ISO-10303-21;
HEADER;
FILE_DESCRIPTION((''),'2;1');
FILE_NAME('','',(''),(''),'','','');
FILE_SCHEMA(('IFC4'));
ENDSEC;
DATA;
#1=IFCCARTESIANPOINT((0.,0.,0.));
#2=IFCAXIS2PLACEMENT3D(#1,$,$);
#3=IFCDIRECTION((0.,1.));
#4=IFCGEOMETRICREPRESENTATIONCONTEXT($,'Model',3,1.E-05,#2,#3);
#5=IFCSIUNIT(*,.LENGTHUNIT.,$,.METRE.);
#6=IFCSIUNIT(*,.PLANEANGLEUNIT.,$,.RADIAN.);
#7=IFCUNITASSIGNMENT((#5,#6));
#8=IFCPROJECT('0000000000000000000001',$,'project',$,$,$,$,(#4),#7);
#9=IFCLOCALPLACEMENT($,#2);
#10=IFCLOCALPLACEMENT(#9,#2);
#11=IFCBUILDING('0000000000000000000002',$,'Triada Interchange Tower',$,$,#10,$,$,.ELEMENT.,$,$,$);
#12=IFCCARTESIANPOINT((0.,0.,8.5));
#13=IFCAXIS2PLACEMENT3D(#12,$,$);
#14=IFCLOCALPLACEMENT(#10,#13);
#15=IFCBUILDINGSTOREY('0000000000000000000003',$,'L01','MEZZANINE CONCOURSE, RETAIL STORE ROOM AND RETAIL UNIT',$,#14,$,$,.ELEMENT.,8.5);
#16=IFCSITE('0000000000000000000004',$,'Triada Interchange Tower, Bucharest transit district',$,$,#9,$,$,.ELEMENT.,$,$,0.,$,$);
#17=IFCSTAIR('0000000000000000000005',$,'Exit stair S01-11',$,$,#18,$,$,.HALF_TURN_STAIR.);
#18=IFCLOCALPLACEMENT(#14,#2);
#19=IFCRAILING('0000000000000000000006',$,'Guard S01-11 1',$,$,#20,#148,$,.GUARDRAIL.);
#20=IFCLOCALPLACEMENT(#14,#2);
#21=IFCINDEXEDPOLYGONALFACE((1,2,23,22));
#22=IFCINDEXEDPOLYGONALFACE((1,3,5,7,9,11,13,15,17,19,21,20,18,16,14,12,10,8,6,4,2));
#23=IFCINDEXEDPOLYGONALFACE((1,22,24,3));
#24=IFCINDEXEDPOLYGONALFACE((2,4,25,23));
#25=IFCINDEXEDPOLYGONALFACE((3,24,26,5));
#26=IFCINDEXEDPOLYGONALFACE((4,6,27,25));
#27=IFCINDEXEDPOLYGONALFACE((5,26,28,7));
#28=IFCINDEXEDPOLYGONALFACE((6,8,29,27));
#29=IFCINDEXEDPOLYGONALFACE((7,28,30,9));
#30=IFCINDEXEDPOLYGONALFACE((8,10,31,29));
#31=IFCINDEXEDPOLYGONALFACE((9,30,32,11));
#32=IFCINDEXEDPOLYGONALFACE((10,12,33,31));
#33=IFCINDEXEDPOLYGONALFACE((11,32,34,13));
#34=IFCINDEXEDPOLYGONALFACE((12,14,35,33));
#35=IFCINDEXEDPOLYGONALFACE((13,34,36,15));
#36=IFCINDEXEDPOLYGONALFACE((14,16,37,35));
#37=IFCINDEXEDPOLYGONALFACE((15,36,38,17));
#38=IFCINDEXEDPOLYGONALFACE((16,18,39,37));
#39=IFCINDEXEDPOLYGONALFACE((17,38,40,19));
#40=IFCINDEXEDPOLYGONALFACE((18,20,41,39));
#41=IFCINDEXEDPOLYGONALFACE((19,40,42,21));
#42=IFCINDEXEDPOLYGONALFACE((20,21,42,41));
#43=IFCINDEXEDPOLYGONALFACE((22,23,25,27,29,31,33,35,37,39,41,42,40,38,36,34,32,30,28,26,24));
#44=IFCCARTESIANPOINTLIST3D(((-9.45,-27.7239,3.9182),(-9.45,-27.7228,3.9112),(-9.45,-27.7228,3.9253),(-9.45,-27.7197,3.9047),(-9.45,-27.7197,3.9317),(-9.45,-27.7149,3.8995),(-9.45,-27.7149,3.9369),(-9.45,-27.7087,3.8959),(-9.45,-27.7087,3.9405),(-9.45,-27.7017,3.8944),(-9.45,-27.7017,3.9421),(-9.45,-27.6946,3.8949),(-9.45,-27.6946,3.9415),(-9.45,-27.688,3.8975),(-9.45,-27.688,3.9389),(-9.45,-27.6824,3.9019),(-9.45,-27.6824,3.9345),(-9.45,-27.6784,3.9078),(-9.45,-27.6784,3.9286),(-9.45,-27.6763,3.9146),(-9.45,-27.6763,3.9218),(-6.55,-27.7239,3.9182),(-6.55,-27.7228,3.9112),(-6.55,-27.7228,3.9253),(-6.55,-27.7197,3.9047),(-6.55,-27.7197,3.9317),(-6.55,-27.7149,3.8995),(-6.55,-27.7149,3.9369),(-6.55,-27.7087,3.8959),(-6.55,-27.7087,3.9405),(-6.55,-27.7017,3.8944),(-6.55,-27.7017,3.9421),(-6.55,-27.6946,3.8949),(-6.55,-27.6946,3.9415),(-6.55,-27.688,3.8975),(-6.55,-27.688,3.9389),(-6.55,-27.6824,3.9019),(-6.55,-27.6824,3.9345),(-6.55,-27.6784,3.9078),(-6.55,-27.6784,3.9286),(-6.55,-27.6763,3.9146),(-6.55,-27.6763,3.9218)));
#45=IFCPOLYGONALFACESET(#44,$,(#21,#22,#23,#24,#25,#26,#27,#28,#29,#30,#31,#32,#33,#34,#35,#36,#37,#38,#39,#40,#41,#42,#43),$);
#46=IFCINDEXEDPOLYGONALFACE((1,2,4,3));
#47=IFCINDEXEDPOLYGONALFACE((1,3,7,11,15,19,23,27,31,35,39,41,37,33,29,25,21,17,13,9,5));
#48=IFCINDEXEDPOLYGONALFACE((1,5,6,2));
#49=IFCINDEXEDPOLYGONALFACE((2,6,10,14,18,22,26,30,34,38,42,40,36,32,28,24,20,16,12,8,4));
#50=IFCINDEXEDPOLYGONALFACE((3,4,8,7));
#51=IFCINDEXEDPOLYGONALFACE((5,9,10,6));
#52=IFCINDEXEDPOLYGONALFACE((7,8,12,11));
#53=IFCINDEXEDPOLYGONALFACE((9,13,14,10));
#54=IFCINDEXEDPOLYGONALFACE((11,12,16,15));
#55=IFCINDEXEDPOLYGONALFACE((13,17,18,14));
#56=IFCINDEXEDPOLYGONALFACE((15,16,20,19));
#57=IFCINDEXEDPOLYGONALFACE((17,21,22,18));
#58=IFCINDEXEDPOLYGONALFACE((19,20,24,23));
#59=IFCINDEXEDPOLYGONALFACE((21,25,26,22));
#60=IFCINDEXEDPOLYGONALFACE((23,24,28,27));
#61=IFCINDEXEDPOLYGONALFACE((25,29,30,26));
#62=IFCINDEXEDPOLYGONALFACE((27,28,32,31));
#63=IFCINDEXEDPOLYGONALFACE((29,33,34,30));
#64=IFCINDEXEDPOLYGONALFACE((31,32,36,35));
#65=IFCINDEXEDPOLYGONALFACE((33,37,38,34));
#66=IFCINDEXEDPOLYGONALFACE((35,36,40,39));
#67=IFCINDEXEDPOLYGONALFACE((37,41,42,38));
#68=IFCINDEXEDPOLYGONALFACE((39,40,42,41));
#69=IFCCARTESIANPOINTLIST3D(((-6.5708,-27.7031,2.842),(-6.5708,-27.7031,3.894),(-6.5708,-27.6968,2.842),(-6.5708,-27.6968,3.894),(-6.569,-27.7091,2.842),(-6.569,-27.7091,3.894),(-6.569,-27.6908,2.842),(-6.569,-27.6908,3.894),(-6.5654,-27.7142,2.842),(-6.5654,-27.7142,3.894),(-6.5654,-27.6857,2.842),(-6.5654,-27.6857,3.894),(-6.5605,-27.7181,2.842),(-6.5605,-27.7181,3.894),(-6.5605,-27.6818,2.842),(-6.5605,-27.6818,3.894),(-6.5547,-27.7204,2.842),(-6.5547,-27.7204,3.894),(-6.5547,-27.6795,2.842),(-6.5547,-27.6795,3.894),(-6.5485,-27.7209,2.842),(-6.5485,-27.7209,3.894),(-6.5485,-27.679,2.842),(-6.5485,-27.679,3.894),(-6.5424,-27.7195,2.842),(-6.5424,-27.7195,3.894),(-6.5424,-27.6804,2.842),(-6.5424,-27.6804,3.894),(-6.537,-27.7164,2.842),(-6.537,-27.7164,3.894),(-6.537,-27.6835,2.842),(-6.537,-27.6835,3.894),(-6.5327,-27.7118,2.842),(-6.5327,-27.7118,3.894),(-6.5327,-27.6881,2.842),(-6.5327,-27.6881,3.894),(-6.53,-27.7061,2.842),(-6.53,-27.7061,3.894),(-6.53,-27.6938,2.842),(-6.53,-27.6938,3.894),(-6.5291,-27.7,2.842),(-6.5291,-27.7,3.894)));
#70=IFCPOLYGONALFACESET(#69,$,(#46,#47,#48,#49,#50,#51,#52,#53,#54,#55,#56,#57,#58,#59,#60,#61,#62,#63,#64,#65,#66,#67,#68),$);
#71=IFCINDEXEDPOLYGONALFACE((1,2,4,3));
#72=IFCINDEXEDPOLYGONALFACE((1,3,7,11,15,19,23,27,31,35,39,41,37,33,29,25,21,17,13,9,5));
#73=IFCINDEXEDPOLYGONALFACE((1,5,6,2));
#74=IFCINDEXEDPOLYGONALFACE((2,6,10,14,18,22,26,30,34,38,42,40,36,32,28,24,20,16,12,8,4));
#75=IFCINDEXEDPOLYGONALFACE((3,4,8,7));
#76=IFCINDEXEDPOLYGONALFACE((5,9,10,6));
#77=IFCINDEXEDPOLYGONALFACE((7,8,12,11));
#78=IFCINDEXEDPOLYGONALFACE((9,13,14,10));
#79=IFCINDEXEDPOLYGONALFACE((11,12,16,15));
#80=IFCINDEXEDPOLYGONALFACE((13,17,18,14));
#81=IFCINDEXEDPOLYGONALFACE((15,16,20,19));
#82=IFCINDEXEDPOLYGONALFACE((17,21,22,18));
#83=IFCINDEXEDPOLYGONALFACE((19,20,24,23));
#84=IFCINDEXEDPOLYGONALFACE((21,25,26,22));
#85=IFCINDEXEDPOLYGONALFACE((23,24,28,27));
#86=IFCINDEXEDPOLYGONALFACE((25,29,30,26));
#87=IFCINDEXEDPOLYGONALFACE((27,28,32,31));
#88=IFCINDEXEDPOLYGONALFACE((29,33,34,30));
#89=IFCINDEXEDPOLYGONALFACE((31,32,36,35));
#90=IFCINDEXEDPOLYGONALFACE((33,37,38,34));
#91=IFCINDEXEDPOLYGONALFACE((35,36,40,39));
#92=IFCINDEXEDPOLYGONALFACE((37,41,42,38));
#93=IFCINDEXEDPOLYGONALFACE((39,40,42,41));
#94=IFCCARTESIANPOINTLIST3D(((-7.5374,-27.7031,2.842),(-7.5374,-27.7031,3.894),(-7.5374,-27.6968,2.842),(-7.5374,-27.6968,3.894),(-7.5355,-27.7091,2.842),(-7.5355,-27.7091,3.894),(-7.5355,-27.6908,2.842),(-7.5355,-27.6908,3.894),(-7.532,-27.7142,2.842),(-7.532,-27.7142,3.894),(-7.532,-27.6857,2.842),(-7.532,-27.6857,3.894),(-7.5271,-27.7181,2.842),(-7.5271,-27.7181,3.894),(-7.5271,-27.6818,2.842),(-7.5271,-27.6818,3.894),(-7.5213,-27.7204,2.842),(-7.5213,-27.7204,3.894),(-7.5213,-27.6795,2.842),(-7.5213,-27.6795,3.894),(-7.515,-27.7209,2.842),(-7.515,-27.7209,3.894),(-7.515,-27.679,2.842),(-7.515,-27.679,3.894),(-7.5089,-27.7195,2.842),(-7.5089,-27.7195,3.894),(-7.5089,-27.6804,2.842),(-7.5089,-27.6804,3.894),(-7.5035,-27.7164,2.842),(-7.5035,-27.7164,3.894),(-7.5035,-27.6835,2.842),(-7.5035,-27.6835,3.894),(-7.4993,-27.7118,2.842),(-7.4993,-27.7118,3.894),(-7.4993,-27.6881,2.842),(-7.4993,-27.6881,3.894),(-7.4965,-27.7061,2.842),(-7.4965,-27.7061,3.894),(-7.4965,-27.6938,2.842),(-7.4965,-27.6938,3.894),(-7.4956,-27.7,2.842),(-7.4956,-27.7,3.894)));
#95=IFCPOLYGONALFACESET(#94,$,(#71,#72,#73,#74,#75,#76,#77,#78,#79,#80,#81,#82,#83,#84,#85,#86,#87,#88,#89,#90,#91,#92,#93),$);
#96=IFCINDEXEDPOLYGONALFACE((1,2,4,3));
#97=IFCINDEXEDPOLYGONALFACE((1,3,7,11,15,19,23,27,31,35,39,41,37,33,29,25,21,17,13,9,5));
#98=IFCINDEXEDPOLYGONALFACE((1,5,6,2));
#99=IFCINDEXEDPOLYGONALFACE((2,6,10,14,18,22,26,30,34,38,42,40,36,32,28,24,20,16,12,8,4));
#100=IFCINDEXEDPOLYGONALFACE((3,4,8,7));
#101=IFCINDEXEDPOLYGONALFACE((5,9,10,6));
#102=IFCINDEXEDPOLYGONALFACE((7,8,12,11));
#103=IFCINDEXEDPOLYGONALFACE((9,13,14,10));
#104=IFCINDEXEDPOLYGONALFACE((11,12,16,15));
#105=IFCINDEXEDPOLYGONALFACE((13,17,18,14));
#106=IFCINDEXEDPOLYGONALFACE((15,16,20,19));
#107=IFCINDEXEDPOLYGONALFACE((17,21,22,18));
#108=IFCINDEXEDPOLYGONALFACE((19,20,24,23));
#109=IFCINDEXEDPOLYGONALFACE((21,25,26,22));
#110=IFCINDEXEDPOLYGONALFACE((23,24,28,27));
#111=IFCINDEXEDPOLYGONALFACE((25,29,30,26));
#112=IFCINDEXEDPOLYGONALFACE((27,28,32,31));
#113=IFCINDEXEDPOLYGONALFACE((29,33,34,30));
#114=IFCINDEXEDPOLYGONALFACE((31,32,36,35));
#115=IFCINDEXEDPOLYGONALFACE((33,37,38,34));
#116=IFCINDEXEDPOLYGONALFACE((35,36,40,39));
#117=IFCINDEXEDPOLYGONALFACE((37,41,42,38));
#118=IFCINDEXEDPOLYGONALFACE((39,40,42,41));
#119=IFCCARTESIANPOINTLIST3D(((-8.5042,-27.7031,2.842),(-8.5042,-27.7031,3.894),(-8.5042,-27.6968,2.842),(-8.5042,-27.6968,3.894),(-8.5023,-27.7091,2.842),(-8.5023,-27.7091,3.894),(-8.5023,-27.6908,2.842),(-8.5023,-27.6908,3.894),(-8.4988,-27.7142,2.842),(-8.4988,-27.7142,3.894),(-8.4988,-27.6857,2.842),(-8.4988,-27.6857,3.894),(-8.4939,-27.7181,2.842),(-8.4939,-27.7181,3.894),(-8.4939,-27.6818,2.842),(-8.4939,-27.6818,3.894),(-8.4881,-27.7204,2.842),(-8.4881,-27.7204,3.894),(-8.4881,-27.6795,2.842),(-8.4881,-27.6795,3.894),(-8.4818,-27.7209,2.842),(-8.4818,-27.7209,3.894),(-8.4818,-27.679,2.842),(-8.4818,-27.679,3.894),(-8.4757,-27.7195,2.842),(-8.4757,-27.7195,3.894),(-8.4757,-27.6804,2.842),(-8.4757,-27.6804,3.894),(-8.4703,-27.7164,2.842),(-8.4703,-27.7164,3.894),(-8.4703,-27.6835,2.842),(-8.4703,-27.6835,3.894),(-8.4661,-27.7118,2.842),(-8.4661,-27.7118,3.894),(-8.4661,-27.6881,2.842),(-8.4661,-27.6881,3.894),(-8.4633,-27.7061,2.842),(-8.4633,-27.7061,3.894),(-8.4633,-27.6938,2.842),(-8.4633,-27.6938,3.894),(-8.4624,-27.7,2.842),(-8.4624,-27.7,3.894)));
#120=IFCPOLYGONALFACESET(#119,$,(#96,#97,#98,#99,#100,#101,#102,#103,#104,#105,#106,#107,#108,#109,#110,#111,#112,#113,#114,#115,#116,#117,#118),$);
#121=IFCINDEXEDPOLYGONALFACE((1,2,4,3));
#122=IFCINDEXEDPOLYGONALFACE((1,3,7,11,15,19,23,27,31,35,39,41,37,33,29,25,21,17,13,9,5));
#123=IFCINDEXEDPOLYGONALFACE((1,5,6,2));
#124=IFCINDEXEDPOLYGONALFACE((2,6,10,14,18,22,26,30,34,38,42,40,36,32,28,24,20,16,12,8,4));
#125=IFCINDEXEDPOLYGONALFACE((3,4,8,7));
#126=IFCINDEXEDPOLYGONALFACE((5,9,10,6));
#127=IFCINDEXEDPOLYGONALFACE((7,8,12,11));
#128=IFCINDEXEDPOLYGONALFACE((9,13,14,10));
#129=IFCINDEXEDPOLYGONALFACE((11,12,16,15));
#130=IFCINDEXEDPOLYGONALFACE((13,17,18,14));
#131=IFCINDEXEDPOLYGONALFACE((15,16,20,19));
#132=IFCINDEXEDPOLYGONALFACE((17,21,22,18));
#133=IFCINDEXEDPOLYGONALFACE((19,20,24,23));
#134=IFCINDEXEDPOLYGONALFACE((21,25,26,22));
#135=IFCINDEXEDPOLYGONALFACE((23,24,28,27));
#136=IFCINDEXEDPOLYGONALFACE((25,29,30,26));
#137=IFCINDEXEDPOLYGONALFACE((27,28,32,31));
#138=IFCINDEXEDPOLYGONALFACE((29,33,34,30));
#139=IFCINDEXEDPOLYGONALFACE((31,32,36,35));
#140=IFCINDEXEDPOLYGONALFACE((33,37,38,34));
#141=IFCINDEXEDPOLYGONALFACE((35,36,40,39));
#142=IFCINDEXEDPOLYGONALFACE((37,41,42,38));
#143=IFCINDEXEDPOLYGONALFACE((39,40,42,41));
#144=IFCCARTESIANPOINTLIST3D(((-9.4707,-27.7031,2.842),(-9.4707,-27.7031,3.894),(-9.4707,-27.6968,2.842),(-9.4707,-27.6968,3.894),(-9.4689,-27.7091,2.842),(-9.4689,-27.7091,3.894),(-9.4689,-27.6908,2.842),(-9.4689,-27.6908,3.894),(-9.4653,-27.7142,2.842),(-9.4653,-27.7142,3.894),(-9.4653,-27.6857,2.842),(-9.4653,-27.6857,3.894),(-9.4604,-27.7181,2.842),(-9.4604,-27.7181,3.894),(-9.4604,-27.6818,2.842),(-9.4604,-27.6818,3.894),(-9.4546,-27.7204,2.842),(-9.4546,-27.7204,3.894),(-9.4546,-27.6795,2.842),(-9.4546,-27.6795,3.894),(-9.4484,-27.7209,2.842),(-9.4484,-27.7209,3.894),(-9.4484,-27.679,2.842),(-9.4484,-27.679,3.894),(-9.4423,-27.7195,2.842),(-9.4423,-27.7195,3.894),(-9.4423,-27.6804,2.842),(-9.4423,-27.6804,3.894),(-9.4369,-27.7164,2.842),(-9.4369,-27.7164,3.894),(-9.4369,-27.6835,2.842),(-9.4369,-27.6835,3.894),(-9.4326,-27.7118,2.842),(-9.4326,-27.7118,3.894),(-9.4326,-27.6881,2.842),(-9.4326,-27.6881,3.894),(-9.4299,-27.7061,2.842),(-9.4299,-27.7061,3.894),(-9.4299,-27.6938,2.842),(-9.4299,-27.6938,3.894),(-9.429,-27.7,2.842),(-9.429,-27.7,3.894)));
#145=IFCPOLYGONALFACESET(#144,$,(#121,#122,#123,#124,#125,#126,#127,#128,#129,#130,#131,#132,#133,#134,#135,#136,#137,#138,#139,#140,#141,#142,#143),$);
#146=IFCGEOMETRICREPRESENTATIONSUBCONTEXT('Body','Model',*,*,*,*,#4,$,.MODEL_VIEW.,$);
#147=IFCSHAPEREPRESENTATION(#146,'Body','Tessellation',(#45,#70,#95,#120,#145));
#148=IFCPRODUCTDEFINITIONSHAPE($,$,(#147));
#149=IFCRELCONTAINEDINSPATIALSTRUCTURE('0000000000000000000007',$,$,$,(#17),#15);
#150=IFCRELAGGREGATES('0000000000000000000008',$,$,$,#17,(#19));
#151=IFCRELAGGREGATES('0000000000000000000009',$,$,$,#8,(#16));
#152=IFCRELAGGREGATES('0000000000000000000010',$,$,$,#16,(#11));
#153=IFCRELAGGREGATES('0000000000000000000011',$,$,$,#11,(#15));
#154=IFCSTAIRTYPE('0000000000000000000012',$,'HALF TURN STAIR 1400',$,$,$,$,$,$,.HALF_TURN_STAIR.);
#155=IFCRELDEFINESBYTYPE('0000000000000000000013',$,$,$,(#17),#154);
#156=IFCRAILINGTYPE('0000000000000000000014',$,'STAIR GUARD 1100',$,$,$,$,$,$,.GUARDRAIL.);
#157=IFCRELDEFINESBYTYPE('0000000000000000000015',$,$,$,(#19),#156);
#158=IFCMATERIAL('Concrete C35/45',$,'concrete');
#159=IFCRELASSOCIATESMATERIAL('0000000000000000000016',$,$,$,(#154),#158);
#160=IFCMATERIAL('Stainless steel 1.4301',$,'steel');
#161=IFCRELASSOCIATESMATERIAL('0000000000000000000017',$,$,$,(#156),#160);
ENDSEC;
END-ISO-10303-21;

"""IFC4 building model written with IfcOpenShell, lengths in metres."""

from ifc_helpers import new_model, si_unit, direction, frame, origin, origin_2d, place, context, subcontext, project, spatial, circle, extrude, material, type_object, element, aggregate, save


model = new_model("IFC4")

# Units and contexts
model_context = context("Model", 3, precision=1e-05, world=origin(), true_north=direction((0.0, 1.0)))
body_context = subcontext(model_context, "Body", "Model", "MODEL_VIEW")
ifc_project = project(units=[si_unit("LENGTHUNIT", "METRE"), si_unit("PLANEANGLEUNIT", "RADIAN")], contexts=[model_context])

# Site, building, storey
site_placement = place(None, origin())
site = spatial("IfcSite", under=ifc_project, at=site_placement, Name="Triada Interchange Tower, Bucharest transit district", CompositionType="ELEMENT", RefElevation=0.0)
building_placement = place(site_placement, origin())
building = spatial("IfcBuilding", under=site, at=building_placement, Name="Triada Interchange Tower", CompositionType="ELEMENT")
storey_placement = place(building_placement, frame((0.0, 0.0, 8.5)))
storey = spatial("IfcBuildingStorey", under=building, at=storey_placement, Name="L01", Description="MEZZANINE CONCOURSE, RETAIL STORE ROOM AND RETAIL UNIT", CompositionType="ELEMENT", Elevation=8.5)

# Shared definitions
ifc_material_1 = material(Name="Concrete C35/45", Category="concrete")

# Stair, railing
stair_type = type_object("IfcStairType", Name="HALF TURN STAIR 1400", PredefinedType="HALF_TURN_STAIR", material=ifc_material_1)
stair_placement = place(storey_placement, origin())
stair = element("IfcStair", 1, at=stair_placement, inside=storey, type_object=stair_type, Name="Exit stair S01-11", PredefinedType="HALF_TURN_STAIR")
ifc_material_2 = material(Name="Stainless steel 1.4301", Category="steel")
railing_type_1 = type_object("IfcRailingType", Name="STAIR GUARD 1100", PredefinedType="GUARDRAIL", material=ifc_material_2)
railing_1_placement = place(storey_placement, frame((-6.55, -27.7, 2.842)))
railing_1 = element("IfcRailing", 2, at=railing_1_placement, type_object=railing_type_1, Name="Guard S01-11 1", PredefinedType="GUARDRAIL", context=body_context, shape_type="SweptSolid", body=[
    extrude(circle(Radius=0.0239, at=origin_2d()), frame((0.0, 0.0, 1.0762), z_axis=(-1.0, 0.0, 0.0), x_axis=(0.0, -1.0, 0.0)), (0.0, 0.0, 1.0), 2.8999),
    extrude(circle(Radius=0.021, at=origin_2d()), origin(), (0.0, 0.0, 1.0), 1.052),
    extrude(circle(Radius=0.021, at=origin_2d()), frame((-0.9666, 0.0, 0.0)), (0.0, 0.0, 1.0), 1.052),
    extrude(circle(Radius=0.021, at=origin_2d()), frame((-1.9333, 0.0, 0.0)), (0.0, 0.0, 1.0), 1.052),
    extrude(circle(Radius=0.021, at=origin_2d()), frame((-2.8999, 0.0, 0.0)), (0.0, 0.0, 1.0), 1.052),
])
aggregate(stair, [railing_1])

save(model, "model.ifc")
